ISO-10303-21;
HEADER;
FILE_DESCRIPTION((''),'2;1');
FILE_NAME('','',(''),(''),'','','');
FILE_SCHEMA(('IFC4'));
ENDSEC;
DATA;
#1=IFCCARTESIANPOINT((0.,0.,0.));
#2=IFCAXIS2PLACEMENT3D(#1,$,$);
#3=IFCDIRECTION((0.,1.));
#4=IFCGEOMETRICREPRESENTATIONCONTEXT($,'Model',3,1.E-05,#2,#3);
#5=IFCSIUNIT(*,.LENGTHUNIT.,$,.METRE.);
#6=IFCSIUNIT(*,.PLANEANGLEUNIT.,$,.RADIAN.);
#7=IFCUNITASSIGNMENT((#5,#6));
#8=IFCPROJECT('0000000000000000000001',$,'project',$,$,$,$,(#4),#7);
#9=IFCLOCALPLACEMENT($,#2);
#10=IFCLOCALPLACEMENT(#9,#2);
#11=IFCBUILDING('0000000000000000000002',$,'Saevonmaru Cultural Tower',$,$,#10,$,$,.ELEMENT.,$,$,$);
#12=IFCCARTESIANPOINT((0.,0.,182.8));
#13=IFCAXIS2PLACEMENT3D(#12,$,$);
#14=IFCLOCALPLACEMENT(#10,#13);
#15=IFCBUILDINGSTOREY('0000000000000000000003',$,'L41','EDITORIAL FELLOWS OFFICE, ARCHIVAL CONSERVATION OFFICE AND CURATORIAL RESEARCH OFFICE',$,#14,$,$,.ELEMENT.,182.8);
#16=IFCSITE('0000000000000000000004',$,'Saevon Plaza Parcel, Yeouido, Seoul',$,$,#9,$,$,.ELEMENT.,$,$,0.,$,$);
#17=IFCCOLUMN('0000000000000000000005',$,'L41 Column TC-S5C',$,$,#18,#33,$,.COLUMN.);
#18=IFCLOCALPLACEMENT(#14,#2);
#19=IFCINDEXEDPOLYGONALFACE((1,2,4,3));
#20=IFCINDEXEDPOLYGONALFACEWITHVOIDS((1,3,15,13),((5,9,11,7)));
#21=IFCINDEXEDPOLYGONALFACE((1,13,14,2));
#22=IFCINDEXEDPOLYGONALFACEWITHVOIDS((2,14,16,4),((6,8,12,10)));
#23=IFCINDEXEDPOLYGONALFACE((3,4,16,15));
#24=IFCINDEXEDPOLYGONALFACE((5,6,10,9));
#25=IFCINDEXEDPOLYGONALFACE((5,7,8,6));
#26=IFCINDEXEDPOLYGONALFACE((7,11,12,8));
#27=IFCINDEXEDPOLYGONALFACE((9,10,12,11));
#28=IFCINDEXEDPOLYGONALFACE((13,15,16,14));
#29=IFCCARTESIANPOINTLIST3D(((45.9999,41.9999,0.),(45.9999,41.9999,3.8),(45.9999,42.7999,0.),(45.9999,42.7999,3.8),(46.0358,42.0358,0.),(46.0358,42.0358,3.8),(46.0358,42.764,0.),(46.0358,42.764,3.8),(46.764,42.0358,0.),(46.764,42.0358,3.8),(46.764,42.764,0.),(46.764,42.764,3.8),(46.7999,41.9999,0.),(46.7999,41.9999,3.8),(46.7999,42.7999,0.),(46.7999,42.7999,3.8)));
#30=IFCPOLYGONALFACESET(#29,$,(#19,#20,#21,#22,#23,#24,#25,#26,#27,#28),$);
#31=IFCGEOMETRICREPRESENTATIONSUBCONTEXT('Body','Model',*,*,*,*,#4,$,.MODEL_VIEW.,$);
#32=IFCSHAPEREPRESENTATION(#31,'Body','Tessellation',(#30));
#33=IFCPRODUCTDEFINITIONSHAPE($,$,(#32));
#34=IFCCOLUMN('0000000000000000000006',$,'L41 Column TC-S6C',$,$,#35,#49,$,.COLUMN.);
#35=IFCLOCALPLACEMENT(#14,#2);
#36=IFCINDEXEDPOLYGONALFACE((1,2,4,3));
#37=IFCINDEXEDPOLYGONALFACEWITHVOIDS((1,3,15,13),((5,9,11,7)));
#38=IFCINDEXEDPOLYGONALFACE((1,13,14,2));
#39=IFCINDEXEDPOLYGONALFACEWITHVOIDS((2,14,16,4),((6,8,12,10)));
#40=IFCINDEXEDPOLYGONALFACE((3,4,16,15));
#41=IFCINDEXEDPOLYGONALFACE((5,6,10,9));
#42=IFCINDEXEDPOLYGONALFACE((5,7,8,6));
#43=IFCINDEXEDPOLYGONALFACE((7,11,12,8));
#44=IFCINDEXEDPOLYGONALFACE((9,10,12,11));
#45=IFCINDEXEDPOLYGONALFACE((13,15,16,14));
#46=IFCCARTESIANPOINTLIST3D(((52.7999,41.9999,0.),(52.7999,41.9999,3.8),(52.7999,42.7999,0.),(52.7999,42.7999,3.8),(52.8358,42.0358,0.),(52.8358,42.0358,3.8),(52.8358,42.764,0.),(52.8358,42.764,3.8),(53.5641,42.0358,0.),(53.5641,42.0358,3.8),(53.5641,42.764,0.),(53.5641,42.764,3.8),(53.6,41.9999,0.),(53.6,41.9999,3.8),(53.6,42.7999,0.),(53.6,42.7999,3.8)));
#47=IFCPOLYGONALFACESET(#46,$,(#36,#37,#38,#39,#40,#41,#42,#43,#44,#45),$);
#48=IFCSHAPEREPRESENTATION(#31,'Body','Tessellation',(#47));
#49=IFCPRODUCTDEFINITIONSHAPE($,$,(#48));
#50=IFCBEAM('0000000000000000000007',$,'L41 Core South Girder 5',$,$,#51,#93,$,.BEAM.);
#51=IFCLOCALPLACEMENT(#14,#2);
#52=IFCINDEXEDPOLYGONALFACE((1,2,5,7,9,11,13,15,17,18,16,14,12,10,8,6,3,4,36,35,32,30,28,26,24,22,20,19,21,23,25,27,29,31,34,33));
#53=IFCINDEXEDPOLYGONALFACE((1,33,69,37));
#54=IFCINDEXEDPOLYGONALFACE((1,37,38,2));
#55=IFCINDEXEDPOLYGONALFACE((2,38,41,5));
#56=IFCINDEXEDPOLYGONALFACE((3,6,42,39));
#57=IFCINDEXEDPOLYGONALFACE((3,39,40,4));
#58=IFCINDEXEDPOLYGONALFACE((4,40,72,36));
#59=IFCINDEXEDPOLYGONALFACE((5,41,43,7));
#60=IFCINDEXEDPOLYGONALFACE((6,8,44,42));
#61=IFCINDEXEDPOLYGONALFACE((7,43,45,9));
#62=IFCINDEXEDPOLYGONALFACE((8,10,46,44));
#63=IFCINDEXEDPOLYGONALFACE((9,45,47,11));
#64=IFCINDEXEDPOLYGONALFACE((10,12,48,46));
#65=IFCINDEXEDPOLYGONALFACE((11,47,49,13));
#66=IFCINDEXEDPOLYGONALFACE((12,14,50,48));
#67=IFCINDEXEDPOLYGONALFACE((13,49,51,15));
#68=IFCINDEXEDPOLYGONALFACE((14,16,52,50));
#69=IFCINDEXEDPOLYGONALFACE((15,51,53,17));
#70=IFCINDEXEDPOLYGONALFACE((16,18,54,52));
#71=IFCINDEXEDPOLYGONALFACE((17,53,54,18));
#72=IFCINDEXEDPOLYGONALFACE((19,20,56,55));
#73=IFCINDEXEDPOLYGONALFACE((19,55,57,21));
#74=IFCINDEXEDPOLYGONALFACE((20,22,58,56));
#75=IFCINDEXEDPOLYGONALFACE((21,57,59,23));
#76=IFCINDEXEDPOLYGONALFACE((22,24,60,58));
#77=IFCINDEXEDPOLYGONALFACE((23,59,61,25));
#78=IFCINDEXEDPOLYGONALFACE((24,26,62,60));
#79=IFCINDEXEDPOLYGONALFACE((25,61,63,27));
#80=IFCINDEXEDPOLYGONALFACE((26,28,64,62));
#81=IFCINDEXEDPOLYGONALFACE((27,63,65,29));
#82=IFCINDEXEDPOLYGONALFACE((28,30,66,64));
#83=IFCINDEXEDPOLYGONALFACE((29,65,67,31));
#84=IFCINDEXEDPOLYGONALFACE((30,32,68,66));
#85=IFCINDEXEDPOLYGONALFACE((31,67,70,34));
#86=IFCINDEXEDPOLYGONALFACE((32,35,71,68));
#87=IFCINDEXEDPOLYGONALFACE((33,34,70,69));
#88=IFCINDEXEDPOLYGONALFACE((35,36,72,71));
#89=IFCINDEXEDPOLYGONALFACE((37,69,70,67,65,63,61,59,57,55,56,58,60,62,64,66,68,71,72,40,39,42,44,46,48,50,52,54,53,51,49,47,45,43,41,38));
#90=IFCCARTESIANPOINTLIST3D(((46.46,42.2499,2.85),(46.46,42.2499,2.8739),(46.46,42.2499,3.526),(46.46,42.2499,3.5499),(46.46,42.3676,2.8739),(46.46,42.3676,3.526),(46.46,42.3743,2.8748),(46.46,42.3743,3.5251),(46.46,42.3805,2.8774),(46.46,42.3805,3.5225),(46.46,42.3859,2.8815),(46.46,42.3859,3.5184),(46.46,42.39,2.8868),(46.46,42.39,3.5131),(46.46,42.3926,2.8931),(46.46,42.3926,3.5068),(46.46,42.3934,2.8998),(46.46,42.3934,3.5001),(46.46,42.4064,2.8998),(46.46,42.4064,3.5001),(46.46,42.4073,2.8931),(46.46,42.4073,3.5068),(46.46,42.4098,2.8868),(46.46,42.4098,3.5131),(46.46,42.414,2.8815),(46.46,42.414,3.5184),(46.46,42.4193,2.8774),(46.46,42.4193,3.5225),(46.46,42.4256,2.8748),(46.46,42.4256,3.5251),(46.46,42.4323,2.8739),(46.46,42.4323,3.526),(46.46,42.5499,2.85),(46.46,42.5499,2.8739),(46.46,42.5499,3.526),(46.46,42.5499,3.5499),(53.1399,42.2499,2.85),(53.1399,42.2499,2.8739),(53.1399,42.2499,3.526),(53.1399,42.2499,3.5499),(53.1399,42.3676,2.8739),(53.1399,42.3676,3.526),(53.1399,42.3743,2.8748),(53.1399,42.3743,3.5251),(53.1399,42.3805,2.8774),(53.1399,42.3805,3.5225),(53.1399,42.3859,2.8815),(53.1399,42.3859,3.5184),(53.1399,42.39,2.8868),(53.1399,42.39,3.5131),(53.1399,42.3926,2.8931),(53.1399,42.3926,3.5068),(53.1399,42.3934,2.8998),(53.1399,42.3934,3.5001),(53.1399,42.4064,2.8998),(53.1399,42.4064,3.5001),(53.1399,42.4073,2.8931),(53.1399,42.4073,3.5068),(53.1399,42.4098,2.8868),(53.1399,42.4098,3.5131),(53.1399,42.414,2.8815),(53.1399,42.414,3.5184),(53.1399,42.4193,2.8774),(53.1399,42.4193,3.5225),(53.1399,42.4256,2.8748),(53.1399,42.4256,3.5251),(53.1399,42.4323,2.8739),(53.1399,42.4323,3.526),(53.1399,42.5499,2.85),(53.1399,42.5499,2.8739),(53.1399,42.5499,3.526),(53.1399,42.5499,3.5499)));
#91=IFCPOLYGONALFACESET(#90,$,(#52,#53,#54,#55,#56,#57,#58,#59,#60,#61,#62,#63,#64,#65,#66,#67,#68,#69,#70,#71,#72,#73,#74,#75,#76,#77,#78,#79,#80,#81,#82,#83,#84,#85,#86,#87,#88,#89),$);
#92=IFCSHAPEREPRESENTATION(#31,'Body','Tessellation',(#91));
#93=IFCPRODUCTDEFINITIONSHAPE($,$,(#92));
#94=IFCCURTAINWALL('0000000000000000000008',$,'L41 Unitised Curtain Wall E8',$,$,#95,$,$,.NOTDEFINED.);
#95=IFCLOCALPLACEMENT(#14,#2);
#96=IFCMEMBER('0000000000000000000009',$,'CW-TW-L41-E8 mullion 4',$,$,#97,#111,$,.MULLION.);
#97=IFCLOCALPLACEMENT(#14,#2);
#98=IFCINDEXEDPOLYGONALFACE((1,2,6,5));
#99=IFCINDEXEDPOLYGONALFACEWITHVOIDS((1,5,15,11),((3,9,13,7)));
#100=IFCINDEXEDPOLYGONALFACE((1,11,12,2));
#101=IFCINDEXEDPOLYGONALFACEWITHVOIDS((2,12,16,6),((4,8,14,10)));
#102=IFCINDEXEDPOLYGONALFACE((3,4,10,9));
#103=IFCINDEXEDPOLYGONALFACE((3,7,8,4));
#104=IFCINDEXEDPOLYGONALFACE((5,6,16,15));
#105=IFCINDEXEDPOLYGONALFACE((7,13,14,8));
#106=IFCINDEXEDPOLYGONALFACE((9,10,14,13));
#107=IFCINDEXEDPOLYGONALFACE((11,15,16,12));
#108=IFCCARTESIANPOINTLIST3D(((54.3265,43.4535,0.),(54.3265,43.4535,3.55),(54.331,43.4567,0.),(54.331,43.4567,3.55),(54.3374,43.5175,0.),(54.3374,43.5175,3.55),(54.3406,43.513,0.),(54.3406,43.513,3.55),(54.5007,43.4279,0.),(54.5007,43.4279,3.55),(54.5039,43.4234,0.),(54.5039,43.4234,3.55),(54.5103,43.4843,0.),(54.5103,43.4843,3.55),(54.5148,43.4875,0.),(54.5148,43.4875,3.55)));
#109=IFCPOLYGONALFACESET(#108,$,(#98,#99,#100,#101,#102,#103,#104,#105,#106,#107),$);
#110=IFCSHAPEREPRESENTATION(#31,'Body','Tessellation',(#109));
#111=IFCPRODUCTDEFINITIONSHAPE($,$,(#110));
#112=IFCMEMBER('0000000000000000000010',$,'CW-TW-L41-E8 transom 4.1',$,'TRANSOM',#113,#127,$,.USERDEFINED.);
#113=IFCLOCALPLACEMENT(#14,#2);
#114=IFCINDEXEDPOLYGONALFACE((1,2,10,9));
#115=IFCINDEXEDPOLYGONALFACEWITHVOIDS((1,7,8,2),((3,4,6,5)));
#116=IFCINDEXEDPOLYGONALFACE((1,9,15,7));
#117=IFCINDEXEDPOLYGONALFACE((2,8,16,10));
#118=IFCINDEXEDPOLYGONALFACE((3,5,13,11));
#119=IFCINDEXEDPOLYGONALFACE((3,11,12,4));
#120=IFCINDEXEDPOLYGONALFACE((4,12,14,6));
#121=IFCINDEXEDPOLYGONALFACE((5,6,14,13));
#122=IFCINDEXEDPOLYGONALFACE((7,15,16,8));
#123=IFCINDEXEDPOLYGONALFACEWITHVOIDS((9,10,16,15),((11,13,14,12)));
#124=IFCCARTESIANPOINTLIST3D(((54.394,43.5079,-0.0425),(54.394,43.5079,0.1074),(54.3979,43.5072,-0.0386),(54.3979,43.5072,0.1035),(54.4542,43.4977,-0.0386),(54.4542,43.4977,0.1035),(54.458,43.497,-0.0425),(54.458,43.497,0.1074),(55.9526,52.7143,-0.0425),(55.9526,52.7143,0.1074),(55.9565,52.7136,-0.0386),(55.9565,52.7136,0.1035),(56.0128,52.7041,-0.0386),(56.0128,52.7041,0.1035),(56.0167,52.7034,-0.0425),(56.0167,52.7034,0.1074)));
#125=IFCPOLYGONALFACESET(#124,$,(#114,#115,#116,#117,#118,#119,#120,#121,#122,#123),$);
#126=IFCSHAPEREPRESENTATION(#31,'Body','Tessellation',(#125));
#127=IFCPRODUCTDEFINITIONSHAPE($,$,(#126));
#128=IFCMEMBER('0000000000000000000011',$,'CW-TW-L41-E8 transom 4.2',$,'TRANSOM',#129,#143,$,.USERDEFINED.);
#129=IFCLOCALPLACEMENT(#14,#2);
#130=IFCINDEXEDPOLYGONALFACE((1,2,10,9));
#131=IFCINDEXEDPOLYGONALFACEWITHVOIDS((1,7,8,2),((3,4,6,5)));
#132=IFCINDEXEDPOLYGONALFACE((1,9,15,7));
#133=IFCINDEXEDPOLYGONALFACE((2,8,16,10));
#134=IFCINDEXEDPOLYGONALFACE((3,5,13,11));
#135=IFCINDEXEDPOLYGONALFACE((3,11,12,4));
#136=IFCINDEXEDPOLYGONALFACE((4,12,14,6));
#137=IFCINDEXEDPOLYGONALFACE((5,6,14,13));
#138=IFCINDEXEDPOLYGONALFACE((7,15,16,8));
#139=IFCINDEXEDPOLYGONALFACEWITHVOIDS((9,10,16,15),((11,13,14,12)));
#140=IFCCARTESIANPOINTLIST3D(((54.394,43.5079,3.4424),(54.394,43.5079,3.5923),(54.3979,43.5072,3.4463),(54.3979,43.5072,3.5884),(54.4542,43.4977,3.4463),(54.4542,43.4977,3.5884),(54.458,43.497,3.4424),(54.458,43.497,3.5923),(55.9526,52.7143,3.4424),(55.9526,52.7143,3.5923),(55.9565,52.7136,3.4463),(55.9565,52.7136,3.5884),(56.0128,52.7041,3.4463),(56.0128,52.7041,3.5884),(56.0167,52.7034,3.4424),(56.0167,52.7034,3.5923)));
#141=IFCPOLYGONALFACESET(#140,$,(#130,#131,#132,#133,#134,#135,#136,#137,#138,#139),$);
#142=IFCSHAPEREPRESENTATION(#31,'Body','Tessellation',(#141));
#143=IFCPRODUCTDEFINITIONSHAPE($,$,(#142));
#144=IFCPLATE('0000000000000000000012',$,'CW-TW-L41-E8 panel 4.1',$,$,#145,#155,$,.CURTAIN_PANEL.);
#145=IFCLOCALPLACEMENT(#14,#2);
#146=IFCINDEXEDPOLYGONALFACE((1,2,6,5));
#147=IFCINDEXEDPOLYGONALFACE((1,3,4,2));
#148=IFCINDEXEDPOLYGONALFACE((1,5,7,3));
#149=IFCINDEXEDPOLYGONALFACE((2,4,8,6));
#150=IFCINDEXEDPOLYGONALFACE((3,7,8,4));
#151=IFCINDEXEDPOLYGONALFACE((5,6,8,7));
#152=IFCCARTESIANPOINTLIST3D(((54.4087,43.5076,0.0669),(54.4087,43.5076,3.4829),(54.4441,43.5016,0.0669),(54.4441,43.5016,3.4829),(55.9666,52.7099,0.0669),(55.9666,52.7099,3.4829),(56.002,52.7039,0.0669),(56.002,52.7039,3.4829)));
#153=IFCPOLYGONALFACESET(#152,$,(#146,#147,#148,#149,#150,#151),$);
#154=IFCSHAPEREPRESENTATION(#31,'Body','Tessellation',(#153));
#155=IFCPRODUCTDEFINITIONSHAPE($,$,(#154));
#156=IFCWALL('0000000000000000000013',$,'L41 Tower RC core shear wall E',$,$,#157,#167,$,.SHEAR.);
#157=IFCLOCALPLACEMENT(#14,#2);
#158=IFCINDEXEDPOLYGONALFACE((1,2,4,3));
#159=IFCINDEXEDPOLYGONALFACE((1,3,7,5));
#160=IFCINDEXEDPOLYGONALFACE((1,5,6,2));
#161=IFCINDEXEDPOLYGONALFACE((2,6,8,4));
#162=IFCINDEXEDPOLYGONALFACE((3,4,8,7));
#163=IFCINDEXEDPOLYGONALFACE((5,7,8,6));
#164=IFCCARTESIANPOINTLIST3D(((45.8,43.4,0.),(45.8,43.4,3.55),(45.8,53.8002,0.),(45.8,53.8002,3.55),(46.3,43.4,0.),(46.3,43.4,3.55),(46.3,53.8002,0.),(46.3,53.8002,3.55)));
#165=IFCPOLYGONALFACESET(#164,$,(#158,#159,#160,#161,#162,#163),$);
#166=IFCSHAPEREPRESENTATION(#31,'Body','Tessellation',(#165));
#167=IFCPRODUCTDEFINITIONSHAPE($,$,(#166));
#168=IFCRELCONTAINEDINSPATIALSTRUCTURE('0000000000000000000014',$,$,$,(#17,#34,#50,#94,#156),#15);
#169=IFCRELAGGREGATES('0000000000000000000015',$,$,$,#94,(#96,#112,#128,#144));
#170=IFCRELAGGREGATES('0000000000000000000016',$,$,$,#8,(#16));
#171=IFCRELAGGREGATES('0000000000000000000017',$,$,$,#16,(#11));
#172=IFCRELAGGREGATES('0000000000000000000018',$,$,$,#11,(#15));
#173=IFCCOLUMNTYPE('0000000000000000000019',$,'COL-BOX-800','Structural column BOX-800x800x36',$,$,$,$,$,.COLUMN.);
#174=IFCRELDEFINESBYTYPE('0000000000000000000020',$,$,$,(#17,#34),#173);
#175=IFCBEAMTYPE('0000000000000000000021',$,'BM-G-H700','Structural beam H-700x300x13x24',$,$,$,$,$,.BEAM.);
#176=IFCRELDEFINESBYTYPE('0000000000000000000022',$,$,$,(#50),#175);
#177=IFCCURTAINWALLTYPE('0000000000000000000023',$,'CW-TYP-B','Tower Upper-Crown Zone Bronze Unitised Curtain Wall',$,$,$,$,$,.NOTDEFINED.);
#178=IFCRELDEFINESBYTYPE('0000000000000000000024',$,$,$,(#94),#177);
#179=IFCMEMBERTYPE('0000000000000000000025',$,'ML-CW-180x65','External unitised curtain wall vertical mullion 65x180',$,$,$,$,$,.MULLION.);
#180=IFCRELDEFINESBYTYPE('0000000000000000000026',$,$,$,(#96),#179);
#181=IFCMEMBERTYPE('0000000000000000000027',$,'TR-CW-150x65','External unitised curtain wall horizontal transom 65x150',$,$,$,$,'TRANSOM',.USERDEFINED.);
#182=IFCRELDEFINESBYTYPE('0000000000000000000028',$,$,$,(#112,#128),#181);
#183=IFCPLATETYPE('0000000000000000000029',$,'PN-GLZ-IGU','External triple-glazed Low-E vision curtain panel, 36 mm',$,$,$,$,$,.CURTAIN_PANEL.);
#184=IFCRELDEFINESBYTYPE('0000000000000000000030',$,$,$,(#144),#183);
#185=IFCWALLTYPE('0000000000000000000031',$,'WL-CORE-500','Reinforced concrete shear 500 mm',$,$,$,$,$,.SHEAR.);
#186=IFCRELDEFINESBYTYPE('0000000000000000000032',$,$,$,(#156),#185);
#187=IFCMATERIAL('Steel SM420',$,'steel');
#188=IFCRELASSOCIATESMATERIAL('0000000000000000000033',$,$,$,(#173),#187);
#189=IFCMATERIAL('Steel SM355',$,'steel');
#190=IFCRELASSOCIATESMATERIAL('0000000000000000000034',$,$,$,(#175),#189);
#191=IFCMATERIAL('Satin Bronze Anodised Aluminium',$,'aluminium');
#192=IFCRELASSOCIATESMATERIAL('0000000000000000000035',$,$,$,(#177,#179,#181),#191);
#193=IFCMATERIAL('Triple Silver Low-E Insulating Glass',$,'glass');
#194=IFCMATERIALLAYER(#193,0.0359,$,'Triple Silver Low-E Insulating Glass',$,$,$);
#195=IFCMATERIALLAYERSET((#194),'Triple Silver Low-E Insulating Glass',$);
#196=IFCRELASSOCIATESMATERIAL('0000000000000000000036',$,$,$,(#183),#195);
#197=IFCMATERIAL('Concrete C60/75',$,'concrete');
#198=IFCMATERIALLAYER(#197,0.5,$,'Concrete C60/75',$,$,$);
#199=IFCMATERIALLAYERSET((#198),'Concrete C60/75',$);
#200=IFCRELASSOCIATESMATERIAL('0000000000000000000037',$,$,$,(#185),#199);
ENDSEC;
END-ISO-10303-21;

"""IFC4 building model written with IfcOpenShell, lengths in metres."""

from ifc_helpers import new_model, si_unit, direction, frame, frame_2d, origin, origin_2d, place, context, subcontext, project, spatial, rectangle, hollow_rectangle, i_section, extrude, material, layer, layer_set, material_profile, profile_set, type_object, element, aggregate, save


model = new_model("IFC4")

# Units and contexts
model_context = context("Model", 3, precision=1e-05, world=origin(), true_north=direction((0.0, 1.0)))
body_context = subcontext(model_context, "Body", "Model", "MODEL_VIEW")
ifc_project = project(units=[si_unit("LENGTHUNIT", "METRE"), si_unit("PLANEANGLEUNIT", "RADIAN")], contexts=[model_context])

# Site, building, storey
site_placement = place(None, origin())
site = spatial("IfcSite", under=ifc_project, at=site_placement, Name="Saevon Plaza Parcel, Yeouido, Seoul", CompositionType="ELEMENT", RefElevation=0.0)
building_placement = place(site_placement, origin())
building = spatial("IfcBuilding", under=site, at=building_placement, Name="Saevonmaru Cultural Tower", CompositionType="ELEMENT")
storey_placement = place(building_placement, frame((0.0, 0.0, 182.8)))
storey = spatial("IfcBuildingStorey", under=building, at=storey_placement, Name="L41", Description="EDITORIAL FELLOWS OFFICE, ARCHIVAL CONSERVATION OFFICE AND CURATORIAL RESEARCH OFFICE", CompositionType="ELEMENT", Elevation=182.8)

# Columns
ifc_material_1 = material(Name="Steel SM420", Category="steel")
ifc_material_profile_1 = material_profile(ifc_material_1, hollow_rectangle(XDim=0.8, YDim=0.8, WallThickness=0.0359, at=origin_2d()), Name="BOX-800x800x36")
ifc_profile_set_1 = profile_set([ifc_material_profile_1], Name="Steel SM420")
column_type = type_object("IfcColumnType", Name="COL-BOX-800", Description="Structural column BOX-800x800x36", PredefinedType="COLUMN", material=ifc_profile_set_1)
for number, where, z_axis, x_axis, name in (
    (1, (46.3999, 42.3999, 0.0), (0.0, 0.0, 1.0), (1.0, 0.0, 0.0), "L41 Column TC-S5C"),
    (2, (53.2, 42.3999, 0.0), (0.0, 0.0, 1.0), (1.0, 0.0, 0.0), "L41 Column TC-S6C"),
):
    element("IfcColumn", number, at=place(storey_placement, frame(where, z_axis=z_axis, x_axis=x_axis)), inside=storey, type_object=column_type, Name=name, PredefinedType="COLUMN", context=body_context, shape_type="SweptSolid", body=[
        extrude(hollow_rectangle(XDim=0.8, YDim=0.8, WallThickness=0.0359, at=origin_2d()), origin(), (0.0, 0.0, 1.0), 3.8),
    ])

# Beam
ifc_material_2 = material(Name="Steel SM355", Category="steel")
ifc_material_profile_2 = material_profile(ifc_material_2, i_section(OverallWidth=0.3, OverallDepth=0.7, WebThickness=0.0129, FlangeThickness=0.0239, FilletRadius=0.0259, at=origin_2d()), Name="H-700x300x13x24")
ifc_profile_set_2 = profile_set([ifc_material_profile_2], Name="Steel SM355")
beam_type = type_object("IfcBeamType", Name="BM-G-H700", Description="Structural beam H-700x300x13x24", PredefinedType="BEAM", material=ifc_profile_set_2)
beam_placement = place(storey_placement, frame((46.46, 42.3999, 3.2), z_axis=(1.0, 0.0, 0.0), x_axis=(0.0, 1.0, 0.0)))
element("IfcBeam", 3, at=beam_placement, inside=storey, type_object=beam_type, Name="L41 Core South Girder 5", PredefinedType="BEAM", context=body_context, shape_type="SweptSolid", body=[
    extrude(i_section(OverallWidth=0.3, OverallDepth=0.7, WebThickness=0.0129, FlangeThickness=0.0239, FilletRadius=0.0259, at=origin_2d()), origin(), (0.0, 0.0, 1.0), 6.6799),
])

# Curtain wall, members, plate
ifc_material_3 = material(Name="Satin Bronze Anodised Aluminium", Category="aluminium")
curtain_wall_type = type_object("IfcCurtainWallType", Name="CW-TYP-B", Description="Tower Upper-Crown Zone Bronze Unitised Curtain Wall", PredefinedType="NOTDEFINED", material=ifc_material_3)
curtain_wall_placement = place(storey_placement, origin())
curtain_wall = element("IfcCurtainWall", 4, at=curtain_wall_placement, inside=storey, type_object=curtain_wall_type, Name="L41 Unitised Curtain Wall E8", PredefinedType="NOTDEFINED")
ifc_material_profile_3 = material_profile(ifc_material_3, hollow_rectangle(XDim=0.0649, YDim=0.1799, WallThickness=0.0039, at=origin_2d()), Name="ALU-MULL-180x65x4")
ifc_profile_set_3 = profile_set([ifc_material_profile_3], Name="Satin Bronze Anodised Aluminium")
member_type_1 = type_object("IfcMemberType", Name="ML-CW-180x65", Description="External unitised curtain wall vertical mullion 65x180", PredefinedType="MULLION", material=ifc_profile_set_3)
member_1_placement = place(storey_placement, frame((54.4207, 43.4705, 0.0), z_axis=(0.0, 0.0, 1.0), x_axis=(0.166922, 0.98597, 0.0)))
member_1 = element("IfcMember", 5, at=member_1_placement, type_object=member_type_1, Name="CW-TW-L41-E8 mullion 4", PredefinedType="MULLION", context=body_context, shape_type="SweptSolid", body=[
    extrude(hollow_rectangle(XDim=0.0649, YDim=0.1799, WallThickness=0.0039, at=origin_2d()), origin(), (0.0, 0.0, 1.0), 3.55),
])
ifc_material_profile_4 = material_profile(ifc_material_3, hollow_rectangle(XDim=0.0649, YDim=0.1499, WallThickness=0.0039, at=origin_2d()), Name="ALU-TRAN-150x65x4")
ifc_profile_set_4 = profile_set([ifc_material_profile_4], Name="Satin Bronze Anodised Aluminium")
member_type_2 = type_object("IfcMemberType", Name="TR-CW-150x65", Description="External unitised curtain wall horizontal transom 65x150", ElementType="TRANSOM", PredefinedType="USERDEFINED", material=ifc_profile_set_4)
member_2_placement = place(storey_placement, frame((54.426, 43.5024, 0.0325), z_axis=(0.166921, 0.98597, 0.0), x_axis=(-0.98597, 0.166921, 0.0)))
member_2 = element("IfcMember", 6, at=member_2_placement, type_object=member_type_2, Name="CW-TW-L41-E8 transom 4.1", ObjectType="TRANSOM", PredefinedType="USERDEFINED", context=body_context, shape_type="SweptSolid", body=[
    extrude(hollow_rectangle(XDim=0.0649, YDim=0.1499, WallThickness=0.0039, at=origin_2d()), origin(), (0.0, 0.0, 1.0), 9.3374),
])
member_3_placement = place(storey_placement, frame((54.426, 43.5024, 3.5173), z_axis=(0.166921, 0.98597, 0.0), x_axis=(-0.98597, 0.166921, 0.0)))
member_3 = element("IfcMember", 7, at=member_3_placement, type_object=member_type_2, Name="CW-TW-L41-E8 transom 4.2", ObjectType="TRANSOM", PredefinedType="USERDEFINED", context=body_context, shape_type="SweptSolid", body=[
    extrude(hollow_rectangle(XDim=0.0649, YDim=0.1499, WallThickness=0.0039, at=origin_2d()), origin(), (0.0, 0.0, 1.0), 9.3374),
])
ifc_material_4 = material(Name="Triple Silver Low-E Insulating Glass", Category="glass")
ifc_layer_1 = layer(ifc_material_4, 0.0359, Name="Triple Silver Low-E Insulating Glass")
ifc_layer_set_1 = layer_set([ifc_layer_1], Name="Triple Silver Low-E Insulating Glass")
plate_type = type_object("IfcPlateType", Name="PN-GLZ-IGU", Description="External triple-glazed Low-E vision curtain panel, 36 mm", PredefinedType="CURTAIN_PANEL", material=ifc_layer_set_1)
plate_placement = place(storey_placement, frame((55.2053, 48.1057, 0.0669), z_axis=(0.0, 0.0, 1.0), x_axis=(0.166922, 0.98597, 0.0)))
plate = element("IfcPlate", 8, at=plate_placement, type_object=plate_type, Name="CW-TW-L41-E8 panel 4.1", PredefinedType="CURTAIN_PANEL", context=body_context, shape_type="SweptSolid", body=[
    extrude(rectangle(XDim=9.3333, YDim=0.0359, at=origin_2d()), origin(), (0.0, 0.0, 1.0), 3.416),
])
aggregate(curtain_wall, [member_1, member_2, member_3, plate])

# Wall
ifc_material_5 = material(Name="Concrete C60/75", Category="concrete")
ifc_layer_2 = layer(ifc_material_5, 0.5, Name="Concrete C60/75")
ifc_layer_set_2 = layer_set([ifc_layer_2], Name="Concrete C60/75")
wall_type_1 = type_object("IfcWallType", Name="WL-CORE-500", Description="Reinforced concrete shear 500 mm", PredefinedType="SHEAR", material=ifc_layer_set_2)
wall_1_placement = place(storey_placement, frame((46.05, 43.3999, 0.0), z_axis=(0.0, 0.0, 1.0), x_axis=(0.0, 1.0, 0.0)))
element("IfcWall", 9, at=wall_1_placement, inside=storey, type_object=wall_type_1, Name="L41 Tower RC core shear wall E", PredefinedType="SHEAR", context=body_context, shape_type="SweptSolid", body=[
    extrude(rectangle(XDim=10.4001, YDim=0.5, at=frame_2d((5.2002, 0.0))), origin(), (0.0, 0.0, 1.0), 3.55),
])

save(model, "model.ifc")
